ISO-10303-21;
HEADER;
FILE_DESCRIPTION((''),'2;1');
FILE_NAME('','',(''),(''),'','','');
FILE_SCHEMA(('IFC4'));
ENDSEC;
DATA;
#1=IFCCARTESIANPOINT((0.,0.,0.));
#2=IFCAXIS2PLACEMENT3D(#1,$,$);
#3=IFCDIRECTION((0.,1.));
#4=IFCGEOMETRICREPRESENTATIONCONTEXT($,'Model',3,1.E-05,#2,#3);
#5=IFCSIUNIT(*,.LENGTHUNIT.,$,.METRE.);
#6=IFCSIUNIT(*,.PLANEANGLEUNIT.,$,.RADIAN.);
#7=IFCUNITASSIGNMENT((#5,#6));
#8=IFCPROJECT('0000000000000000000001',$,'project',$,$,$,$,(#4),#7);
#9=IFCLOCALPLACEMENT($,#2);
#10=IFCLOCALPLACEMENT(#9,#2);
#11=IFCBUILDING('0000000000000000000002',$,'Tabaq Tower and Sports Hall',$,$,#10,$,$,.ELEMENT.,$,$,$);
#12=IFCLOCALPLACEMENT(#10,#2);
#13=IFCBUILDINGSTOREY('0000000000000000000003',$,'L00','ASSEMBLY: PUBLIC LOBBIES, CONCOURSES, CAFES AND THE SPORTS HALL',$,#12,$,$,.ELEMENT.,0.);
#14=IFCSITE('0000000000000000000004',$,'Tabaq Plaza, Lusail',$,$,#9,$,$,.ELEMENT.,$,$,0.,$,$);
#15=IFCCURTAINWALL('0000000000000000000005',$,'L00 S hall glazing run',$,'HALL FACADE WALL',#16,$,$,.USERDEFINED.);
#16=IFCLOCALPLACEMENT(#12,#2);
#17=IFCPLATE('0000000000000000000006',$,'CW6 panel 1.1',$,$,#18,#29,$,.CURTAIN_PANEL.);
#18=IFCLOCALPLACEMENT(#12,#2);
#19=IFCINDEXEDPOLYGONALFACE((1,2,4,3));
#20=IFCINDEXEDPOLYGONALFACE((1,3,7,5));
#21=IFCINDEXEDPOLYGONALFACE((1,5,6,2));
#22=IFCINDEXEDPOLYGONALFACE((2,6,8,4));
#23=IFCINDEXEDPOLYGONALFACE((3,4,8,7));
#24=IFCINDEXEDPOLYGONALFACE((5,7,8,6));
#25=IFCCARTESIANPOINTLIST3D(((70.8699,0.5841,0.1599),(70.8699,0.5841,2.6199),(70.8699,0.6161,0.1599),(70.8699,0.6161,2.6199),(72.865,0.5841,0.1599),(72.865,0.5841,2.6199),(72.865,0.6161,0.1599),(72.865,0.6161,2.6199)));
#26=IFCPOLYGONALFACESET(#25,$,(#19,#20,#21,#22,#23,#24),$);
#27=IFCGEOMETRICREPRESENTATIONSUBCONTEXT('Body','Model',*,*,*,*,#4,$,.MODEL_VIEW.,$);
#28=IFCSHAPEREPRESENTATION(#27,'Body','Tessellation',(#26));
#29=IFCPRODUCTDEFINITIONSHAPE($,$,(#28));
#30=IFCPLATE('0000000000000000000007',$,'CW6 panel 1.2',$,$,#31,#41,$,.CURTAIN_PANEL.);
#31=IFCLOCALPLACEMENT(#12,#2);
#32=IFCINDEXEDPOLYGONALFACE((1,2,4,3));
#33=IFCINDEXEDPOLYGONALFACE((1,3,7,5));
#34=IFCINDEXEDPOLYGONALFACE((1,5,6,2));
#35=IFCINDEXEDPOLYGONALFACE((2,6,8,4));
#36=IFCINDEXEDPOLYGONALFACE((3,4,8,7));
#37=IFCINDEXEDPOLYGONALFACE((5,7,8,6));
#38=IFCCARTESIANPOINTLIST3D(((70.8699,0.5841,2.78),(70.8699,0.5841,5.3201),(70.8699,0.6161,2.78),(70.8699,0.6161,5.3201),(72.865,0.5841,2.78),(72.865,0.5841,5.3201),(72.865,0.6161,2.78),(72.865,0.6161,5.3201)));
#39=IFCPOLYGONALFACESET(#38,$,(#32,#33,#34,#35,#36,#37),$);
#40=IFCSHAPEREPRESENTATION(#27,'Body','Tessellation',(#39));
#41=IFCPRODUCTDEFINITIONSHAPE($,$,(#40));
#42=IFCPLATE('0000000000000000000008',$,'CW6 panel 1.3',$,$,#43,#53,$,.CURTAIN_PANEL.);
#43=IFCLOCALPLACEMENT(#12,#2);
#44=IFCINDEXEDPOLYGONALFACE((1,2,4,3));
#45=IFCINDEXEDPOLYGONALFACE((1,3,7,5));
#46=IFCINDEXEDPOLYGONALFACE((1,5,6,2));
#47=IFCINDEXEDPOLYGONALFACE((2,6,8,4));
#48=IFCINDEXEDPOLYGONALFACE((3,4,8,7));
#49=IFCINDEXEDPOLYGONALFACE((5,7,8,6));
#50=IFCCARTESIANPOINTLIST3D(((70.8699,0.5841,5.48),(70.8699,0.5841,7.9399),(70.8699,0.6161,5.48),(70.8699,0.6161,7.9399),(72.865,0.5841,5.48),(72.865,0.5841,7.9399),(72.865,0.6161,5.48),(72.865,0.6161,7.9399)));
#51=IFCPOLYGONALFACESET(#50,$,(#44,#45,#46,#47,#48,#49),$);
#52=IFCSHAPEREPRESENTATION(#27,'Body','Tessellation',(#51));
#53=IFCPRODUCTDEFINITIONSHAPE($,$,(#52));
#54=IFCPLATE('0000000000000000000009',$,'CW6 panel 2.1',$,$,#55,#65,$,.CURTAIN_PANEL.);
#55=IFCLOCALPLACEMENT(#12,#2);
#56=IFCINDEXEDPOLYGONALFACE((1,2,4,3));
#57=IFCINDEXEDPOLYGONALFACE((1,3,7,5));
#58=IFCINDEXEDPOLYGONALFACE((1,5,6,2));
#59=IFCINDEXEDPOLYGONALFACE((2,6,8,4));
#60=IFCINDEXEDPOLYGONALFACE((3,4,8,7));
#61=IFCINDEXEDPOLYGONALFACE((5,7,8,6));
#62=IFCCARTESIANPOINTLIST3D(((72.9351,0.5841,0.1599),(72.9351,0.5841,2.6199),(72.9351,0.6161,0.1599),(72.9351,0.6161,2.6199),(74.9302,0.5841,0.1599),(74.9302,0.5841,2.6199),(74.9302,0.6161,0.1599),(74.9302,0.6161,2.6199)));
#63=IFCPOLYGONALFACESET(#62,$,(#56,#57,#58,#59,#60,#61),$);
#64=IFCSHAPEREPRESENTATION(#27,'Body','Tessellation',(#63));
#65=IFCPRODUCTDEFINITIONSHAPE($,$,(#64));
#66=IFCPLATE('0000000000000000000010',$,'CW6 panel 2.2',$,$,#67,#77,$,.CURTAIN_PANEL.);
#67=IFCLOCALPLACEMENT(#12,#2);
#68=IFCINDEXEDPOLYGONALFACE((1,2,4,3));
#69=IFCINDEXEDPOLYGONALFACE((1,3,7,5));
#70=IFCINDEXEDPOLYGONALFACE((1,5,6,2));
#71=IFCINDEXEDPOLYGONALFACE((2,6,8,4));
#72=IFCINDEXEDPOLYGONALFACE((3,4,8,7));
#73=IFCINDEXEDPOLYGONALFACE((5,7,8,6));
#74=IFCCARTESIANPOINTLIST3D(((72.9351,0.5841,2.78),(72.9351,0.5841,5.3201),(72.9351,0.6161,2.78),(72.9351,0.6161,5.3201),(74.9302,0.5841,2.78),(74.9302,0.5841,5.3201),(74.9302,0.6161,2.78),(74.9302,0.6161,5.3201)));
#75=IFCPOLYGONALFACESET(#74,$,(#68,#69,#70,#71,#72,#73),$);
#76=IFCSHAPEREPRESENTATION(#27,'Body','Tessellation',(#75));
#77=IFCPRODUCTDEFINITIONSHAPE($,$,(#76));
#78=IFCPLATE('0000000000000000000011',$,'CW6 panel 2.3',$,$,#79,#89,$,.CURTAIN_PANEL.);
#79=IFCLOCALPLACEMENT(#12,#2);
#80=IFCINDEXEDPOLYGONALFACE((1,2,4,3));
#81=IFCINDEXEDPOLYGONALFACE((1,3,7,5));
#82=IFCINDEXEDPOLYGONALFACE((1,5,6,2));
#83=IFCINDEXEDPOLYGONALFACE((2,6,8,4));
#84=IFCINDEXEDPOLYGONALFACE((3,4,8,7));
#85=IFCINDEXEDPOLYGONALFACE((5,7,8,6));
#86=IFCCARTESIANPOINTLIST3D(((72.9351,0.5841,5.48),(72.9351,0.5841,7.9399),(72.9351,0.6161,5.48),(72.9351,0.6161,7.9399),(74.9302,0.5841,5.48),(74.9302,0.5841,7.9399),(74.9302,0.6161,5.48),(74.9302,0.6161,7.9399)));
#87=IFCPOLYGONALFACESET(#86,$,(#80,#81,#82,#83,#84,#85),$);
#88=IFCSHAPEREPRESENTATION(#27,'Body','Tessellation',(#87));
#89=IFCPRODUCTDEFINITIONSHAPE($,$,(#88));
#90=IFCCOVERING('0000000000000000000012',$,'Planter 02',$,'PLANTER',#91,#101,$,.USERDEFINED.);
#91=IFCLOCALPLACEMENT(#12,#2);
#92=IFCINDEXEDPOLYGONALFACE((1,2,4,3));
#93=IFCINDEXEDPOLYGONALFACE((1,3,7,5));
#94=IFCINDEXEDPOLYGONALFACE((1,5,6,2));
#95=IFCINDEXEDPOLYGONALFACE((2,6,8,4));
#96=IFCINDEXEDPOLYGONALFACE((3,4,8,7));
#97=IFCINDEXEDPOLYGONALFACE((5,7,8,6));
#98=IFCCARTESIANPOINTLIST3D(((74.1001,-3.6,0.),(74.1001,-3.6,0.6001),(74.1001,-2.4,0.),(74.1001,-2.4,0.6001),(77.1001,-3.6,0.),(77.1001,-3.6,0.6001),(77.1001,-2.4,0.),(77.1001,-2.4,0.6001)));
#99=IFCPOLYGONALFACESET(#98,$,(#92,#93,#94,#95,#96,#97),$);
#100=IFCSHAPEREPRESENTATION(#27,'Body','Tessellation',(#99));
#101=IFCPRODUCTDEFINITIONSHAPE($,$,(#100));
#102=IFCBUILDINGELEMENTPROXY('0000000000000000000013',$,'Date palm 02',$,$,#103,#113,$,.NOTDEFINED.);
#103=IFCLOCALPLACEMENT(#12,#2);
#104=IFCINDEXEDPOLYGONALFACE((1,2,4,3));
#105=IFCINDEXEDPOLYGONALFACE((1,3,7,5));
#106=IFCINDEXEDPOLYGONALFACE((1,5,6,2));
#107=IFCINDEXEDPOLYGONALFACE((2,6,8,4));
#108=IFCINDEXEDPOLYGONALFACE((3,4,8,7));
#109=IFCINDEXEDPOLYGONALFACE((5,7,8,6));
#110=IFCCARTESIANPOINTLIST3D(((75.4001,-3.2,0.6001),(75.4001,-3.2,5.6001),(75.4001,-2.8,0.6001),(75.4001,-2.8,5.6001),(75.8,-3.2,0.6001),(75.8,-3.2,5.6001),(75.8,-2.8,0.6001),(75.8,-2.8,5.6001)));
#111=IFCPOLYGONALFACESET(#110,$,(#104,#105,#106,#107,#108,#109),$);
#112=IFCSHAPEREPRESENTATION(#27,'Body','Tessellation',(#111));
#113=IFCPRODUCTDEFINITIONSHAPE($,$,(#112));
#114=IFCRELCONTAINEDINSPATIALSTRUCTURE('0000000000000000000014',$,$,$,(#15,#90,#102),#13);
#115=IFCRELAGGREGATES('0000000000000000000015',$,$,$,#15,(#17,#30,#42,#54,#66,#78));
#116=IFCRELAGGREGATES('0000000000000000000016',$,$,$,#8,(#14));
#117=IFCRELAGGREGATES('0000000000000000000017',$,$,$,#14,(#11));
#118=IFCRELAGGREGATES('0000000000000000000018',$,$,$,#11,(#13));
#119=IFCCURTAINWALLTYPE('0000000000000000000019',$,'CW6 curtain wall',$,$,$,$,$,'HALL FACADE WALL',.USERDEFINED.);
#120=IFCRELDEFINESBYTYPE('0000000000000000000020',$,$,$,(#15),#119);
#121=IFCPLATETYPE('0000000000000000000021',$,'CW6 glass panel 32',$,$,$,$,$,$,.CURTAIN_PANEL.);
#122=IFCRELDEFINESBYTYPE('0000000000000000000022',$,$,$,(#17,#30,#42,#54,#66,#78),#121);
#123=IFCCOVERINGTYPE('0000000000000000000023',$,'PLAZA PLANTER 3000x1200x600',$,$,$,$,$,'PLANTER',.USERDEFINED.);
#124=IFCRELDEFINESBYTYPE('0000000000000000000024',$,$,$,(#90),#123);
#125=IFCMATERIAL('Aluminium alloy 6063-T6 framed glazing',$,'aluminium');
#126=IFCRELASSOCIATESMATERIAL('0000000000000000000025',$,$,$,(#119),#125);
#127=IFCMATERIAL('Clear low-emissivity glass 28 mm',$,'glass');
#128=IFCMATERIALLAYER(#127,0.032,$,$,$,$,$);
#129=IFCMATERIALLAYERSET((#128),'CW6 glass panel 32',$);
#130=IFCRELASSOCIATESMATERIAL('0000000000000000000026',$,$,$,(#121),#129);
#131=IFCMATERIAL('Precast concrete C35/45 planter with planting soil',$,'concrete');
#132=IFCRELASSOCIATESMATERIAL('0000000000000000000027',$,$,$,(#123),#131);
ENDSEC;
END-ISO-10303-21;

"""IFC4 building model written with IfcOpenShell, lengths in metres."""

from ifc_helpers import new_model, si_unit, direction, frame, origin, origin_2d, place, context, subcontext, project, spatial, rectangle, extrude, material, layer, layer_set, type_object, element, aggregate, save


model = new_model("IFC4")

# Units and contexts
model_context = context("Model", 3, precision=1e-05, world=origin(), true_north=direction((0.0, 1.0)))
body_context = subcontext(model_context, "Body", "Model", "MODEL_VIEW")
ifc_project = project(units=[si_unit("LENGTHUNIT", "METRE"), si_unit("PLANEANGLEUNIT", "RADIAN")], contexts=[model_context])

# Site, building, storey
site_placement = place(None, origin())
site = spatial("IfcSite", under=ifc_project, at=site_placement, Name="Tabaq Plaza, Lusail", CompositionType="ELEMENT", RefElevation=0.0)
building_placement = place(site_placement, origin())
building = spatial("IfcBuilding", under=site, at=building_placement, Name="Tabaq Tower and Sports Hall", CompositionType="ELEMENT")
storey_placement = place(building_placement, origin())
storey = spatial("IfcBuildingStorey", under=building, at=storey_placement, Name="L00", Description="ASSEMBLY: PUBLIC LOBBIES, CONCOURSES, CAFES AND THE SPORTS HALL", CompositionType="ELEMENT", Elevation=0.0)

# Curtain wall, plates
ifc_material_1 = material(Name="Aluminium alloy 6063-T6 framed glazing", Category="aluminium")
curtain_wall_type = type_object("IfcCurtainWallType", Name="CW6 curtain wall", ElementType="HALL FACADE WALL", PredefinedType="USERDEFINED", material=ifc_material_1)
curtain_wall_placement = place(storey_placement, origin())
curtain_wall = element("IfcCurtainWall", 1, at=curtain_wall_placement, inside=storey, type_object=curtain_wall_type, Name="L00 S hall glazing run", ObjectType="HALL FACADE WALL", PredefinedType="USERDEFINED")
ifc_material_2 = material(Name="Clear low-emissivity glass 28 mm", Category="glass")
ifc_layer = layer(ifc_material_2, 0.032)
ifc_layer_set = layer_set([ifc_layer], Name="CW6 glass panel 32")
plate_type = type_object("IfcPlateType", Name="CW6 glass panel 32", PredefinedType="CURTAIN_PANEL", material=ifc_layer_set)
plate_1_placement = place(storey_placement, frame((71.8674, 0.6001, 0.1599), z_axis=(0.0, 0.0, 1.0), x_axis=(1.0, 0.0, 0.0)))
plate_1 = element("IfcPlate", 2, at=plate_1_placement, type_object=plate_type, Name="CW6 panel 1.1", PredefinedType="CURTAIN_PANEL", context=body_context, shape_type="SweptSolid", body=[
    extrude(rectangle(XDim=1.9951, YDim=0.032, at=origin_2d()), origin(), (0.0, 0.0, 1.0), 2.46),
])
plate_2_placement = place(storey_placement, frame((71.8674, 0.6001, 2.78), z_axis=(0.0, 0.0, 1.0), x_axis=(1.0, 0.0, 0.0)))
plate_2 = element("IfcPlate", 3, at=plate_2_placement, type_object=plate_type, Name="CW6 panel 1.2", PredefinedType="CURTAIN_PANEL", context=body_context, shape_type="SweptSolid", body=[
    extrude(rectangle(XDim=1.9951, YDim=0.032, at=origin_2d()), origin(), (0.0, 0.0, 1.0), 2.54),
])
plate_3_placement = place(storey_placement, frame((71.8674, 0.6001, 5.48), z_axis=(0.0, 0.0, 1.0), x_axis=(1.0, 0.0, 0.0)))
plate_3 = element("IfcPlate", 4, at=plate_3_placement, type_object=plate_type, Name="CW6 panel 1.3", PredefinedType="CURTAIN_PANEL", context=body_context, shape_type="SweptSolid", body=[
    extrude(rectangle(XDim=1.9951, YDim=0.032, at=origin_2d()), origin(), (0.0, 0.0, 1.0), 2.46),
])
plate_4_placement = place(storey_placement, frame((73.9326, 0.6001, 0.1599), z_axis=(0.0, 0.0, 1.0), x_axis=(1.0, 0.0, 0.0)))
plate_4 = element("IfcPlate", 5, at=plate_4_placement, type_object=plate_type, Name="CW6 panel 2.1", PredefinedType="CURTAIN_PANEL", context=body_context, shape_type="SweptSolid", body=[
    extrude(rectangle(XDim=1.9951, YDim=0.032, at=origin_2d()), origin(), (0.0, 0.0, 1.0), 2.46),
])
plate_5_placement = place(storey_placement, frame((73.9326, 0.6001, 2.78), z_axis=(0.0, 0.0, 1.0), x_axis=(1.0, 0.0, 0.0)))
plate_5 = element("IfcPlate", 6, at=plate_5_placement, type_object=plate_type, Name="CW6 panel 2.2", PredefinedType="CURTAIN_PANEL", context=body_context, shape_type="SweptSolid", body=[
    extrude(rectangle(XDim=1.9951, YDim=0.032, at=origin_2d()), origin(), (0.0, 0.0, 1.0), 2.54),
])
plate_6_placement = place(storey_placement, frame((73.9326, 0.6001, 5.48), z_axis=(0.0, 0.0, 1.0), x_axis=(1.0, 0.0, 0.0)))
plate_6 = element("IfcPlate", 7, at=plate_6_placement, type_object=plate_type, Name="CW6 panel 2.3", PredefinedType="CURTAIN_PANEL", context=body_context, shape_type="SweptSolid", body=[
    extrude(rectangle(XDim=1.9951, YDim=0.032, at=origin_2d()), origin(), (0.0, 0.0, 1.0), 2.46),
])
aggregate(curtain_wall, [plate_1, plate_2, plate_3, plate_4, plate_5, plate_6])

# Covering
ifc_material_3 = material(Name="Precast concrete C35/45 planter with planting soil", Category="concrete")
covering_type = type_object("IfcCoveringType", Name="PLAZA PLANTER 3000x1200x600", ElementType="PLANTER", PredefinedType="USERDEFINED", material=ifc_material_3)
covering_placement = place(storey_placement, frame((75.6001, -3.0, 0.0), z_axis=(0.0, 0.0, 1.0), x_axis=(1.0, 0.0, 0.0)))
element("IfcCovering", 8, at=covering_placement, inside=storey, type_object=covering_type, Name="Planter 02", ObjectType="PLANTER", PredefinedType="USERDEFINED", context=body_context, shape_type="SweptSolid", body=[
    extrude(rectangle(XDim=3.0, YDim=1.2, at=origin_2d()), origin(), (0.0, 0.0, 1.0), 0.6001),
])

# Building element proxy
proxy_placement = place(storey_placement, frame((75.6001, -3.0, 0.6001), z_axis=(0.0, 0.0, 1.0), x_axis=(1.0, 0.0, 0.0)))
element("IfcBuildingElementProxy", 9, at=proxy_placement, inside=storey, Name="Date palm 02", PredefinedType="NOTDEFINED", context=body_context, shape_type="SweptSolid", body=[
    extrude(rectangle(XDim=0.3999, YDim=0.3999, at=origin_2d()), origin(), (0.0, 0.0, 1.0), 5.0),
])

save(model, "model.ifc")
